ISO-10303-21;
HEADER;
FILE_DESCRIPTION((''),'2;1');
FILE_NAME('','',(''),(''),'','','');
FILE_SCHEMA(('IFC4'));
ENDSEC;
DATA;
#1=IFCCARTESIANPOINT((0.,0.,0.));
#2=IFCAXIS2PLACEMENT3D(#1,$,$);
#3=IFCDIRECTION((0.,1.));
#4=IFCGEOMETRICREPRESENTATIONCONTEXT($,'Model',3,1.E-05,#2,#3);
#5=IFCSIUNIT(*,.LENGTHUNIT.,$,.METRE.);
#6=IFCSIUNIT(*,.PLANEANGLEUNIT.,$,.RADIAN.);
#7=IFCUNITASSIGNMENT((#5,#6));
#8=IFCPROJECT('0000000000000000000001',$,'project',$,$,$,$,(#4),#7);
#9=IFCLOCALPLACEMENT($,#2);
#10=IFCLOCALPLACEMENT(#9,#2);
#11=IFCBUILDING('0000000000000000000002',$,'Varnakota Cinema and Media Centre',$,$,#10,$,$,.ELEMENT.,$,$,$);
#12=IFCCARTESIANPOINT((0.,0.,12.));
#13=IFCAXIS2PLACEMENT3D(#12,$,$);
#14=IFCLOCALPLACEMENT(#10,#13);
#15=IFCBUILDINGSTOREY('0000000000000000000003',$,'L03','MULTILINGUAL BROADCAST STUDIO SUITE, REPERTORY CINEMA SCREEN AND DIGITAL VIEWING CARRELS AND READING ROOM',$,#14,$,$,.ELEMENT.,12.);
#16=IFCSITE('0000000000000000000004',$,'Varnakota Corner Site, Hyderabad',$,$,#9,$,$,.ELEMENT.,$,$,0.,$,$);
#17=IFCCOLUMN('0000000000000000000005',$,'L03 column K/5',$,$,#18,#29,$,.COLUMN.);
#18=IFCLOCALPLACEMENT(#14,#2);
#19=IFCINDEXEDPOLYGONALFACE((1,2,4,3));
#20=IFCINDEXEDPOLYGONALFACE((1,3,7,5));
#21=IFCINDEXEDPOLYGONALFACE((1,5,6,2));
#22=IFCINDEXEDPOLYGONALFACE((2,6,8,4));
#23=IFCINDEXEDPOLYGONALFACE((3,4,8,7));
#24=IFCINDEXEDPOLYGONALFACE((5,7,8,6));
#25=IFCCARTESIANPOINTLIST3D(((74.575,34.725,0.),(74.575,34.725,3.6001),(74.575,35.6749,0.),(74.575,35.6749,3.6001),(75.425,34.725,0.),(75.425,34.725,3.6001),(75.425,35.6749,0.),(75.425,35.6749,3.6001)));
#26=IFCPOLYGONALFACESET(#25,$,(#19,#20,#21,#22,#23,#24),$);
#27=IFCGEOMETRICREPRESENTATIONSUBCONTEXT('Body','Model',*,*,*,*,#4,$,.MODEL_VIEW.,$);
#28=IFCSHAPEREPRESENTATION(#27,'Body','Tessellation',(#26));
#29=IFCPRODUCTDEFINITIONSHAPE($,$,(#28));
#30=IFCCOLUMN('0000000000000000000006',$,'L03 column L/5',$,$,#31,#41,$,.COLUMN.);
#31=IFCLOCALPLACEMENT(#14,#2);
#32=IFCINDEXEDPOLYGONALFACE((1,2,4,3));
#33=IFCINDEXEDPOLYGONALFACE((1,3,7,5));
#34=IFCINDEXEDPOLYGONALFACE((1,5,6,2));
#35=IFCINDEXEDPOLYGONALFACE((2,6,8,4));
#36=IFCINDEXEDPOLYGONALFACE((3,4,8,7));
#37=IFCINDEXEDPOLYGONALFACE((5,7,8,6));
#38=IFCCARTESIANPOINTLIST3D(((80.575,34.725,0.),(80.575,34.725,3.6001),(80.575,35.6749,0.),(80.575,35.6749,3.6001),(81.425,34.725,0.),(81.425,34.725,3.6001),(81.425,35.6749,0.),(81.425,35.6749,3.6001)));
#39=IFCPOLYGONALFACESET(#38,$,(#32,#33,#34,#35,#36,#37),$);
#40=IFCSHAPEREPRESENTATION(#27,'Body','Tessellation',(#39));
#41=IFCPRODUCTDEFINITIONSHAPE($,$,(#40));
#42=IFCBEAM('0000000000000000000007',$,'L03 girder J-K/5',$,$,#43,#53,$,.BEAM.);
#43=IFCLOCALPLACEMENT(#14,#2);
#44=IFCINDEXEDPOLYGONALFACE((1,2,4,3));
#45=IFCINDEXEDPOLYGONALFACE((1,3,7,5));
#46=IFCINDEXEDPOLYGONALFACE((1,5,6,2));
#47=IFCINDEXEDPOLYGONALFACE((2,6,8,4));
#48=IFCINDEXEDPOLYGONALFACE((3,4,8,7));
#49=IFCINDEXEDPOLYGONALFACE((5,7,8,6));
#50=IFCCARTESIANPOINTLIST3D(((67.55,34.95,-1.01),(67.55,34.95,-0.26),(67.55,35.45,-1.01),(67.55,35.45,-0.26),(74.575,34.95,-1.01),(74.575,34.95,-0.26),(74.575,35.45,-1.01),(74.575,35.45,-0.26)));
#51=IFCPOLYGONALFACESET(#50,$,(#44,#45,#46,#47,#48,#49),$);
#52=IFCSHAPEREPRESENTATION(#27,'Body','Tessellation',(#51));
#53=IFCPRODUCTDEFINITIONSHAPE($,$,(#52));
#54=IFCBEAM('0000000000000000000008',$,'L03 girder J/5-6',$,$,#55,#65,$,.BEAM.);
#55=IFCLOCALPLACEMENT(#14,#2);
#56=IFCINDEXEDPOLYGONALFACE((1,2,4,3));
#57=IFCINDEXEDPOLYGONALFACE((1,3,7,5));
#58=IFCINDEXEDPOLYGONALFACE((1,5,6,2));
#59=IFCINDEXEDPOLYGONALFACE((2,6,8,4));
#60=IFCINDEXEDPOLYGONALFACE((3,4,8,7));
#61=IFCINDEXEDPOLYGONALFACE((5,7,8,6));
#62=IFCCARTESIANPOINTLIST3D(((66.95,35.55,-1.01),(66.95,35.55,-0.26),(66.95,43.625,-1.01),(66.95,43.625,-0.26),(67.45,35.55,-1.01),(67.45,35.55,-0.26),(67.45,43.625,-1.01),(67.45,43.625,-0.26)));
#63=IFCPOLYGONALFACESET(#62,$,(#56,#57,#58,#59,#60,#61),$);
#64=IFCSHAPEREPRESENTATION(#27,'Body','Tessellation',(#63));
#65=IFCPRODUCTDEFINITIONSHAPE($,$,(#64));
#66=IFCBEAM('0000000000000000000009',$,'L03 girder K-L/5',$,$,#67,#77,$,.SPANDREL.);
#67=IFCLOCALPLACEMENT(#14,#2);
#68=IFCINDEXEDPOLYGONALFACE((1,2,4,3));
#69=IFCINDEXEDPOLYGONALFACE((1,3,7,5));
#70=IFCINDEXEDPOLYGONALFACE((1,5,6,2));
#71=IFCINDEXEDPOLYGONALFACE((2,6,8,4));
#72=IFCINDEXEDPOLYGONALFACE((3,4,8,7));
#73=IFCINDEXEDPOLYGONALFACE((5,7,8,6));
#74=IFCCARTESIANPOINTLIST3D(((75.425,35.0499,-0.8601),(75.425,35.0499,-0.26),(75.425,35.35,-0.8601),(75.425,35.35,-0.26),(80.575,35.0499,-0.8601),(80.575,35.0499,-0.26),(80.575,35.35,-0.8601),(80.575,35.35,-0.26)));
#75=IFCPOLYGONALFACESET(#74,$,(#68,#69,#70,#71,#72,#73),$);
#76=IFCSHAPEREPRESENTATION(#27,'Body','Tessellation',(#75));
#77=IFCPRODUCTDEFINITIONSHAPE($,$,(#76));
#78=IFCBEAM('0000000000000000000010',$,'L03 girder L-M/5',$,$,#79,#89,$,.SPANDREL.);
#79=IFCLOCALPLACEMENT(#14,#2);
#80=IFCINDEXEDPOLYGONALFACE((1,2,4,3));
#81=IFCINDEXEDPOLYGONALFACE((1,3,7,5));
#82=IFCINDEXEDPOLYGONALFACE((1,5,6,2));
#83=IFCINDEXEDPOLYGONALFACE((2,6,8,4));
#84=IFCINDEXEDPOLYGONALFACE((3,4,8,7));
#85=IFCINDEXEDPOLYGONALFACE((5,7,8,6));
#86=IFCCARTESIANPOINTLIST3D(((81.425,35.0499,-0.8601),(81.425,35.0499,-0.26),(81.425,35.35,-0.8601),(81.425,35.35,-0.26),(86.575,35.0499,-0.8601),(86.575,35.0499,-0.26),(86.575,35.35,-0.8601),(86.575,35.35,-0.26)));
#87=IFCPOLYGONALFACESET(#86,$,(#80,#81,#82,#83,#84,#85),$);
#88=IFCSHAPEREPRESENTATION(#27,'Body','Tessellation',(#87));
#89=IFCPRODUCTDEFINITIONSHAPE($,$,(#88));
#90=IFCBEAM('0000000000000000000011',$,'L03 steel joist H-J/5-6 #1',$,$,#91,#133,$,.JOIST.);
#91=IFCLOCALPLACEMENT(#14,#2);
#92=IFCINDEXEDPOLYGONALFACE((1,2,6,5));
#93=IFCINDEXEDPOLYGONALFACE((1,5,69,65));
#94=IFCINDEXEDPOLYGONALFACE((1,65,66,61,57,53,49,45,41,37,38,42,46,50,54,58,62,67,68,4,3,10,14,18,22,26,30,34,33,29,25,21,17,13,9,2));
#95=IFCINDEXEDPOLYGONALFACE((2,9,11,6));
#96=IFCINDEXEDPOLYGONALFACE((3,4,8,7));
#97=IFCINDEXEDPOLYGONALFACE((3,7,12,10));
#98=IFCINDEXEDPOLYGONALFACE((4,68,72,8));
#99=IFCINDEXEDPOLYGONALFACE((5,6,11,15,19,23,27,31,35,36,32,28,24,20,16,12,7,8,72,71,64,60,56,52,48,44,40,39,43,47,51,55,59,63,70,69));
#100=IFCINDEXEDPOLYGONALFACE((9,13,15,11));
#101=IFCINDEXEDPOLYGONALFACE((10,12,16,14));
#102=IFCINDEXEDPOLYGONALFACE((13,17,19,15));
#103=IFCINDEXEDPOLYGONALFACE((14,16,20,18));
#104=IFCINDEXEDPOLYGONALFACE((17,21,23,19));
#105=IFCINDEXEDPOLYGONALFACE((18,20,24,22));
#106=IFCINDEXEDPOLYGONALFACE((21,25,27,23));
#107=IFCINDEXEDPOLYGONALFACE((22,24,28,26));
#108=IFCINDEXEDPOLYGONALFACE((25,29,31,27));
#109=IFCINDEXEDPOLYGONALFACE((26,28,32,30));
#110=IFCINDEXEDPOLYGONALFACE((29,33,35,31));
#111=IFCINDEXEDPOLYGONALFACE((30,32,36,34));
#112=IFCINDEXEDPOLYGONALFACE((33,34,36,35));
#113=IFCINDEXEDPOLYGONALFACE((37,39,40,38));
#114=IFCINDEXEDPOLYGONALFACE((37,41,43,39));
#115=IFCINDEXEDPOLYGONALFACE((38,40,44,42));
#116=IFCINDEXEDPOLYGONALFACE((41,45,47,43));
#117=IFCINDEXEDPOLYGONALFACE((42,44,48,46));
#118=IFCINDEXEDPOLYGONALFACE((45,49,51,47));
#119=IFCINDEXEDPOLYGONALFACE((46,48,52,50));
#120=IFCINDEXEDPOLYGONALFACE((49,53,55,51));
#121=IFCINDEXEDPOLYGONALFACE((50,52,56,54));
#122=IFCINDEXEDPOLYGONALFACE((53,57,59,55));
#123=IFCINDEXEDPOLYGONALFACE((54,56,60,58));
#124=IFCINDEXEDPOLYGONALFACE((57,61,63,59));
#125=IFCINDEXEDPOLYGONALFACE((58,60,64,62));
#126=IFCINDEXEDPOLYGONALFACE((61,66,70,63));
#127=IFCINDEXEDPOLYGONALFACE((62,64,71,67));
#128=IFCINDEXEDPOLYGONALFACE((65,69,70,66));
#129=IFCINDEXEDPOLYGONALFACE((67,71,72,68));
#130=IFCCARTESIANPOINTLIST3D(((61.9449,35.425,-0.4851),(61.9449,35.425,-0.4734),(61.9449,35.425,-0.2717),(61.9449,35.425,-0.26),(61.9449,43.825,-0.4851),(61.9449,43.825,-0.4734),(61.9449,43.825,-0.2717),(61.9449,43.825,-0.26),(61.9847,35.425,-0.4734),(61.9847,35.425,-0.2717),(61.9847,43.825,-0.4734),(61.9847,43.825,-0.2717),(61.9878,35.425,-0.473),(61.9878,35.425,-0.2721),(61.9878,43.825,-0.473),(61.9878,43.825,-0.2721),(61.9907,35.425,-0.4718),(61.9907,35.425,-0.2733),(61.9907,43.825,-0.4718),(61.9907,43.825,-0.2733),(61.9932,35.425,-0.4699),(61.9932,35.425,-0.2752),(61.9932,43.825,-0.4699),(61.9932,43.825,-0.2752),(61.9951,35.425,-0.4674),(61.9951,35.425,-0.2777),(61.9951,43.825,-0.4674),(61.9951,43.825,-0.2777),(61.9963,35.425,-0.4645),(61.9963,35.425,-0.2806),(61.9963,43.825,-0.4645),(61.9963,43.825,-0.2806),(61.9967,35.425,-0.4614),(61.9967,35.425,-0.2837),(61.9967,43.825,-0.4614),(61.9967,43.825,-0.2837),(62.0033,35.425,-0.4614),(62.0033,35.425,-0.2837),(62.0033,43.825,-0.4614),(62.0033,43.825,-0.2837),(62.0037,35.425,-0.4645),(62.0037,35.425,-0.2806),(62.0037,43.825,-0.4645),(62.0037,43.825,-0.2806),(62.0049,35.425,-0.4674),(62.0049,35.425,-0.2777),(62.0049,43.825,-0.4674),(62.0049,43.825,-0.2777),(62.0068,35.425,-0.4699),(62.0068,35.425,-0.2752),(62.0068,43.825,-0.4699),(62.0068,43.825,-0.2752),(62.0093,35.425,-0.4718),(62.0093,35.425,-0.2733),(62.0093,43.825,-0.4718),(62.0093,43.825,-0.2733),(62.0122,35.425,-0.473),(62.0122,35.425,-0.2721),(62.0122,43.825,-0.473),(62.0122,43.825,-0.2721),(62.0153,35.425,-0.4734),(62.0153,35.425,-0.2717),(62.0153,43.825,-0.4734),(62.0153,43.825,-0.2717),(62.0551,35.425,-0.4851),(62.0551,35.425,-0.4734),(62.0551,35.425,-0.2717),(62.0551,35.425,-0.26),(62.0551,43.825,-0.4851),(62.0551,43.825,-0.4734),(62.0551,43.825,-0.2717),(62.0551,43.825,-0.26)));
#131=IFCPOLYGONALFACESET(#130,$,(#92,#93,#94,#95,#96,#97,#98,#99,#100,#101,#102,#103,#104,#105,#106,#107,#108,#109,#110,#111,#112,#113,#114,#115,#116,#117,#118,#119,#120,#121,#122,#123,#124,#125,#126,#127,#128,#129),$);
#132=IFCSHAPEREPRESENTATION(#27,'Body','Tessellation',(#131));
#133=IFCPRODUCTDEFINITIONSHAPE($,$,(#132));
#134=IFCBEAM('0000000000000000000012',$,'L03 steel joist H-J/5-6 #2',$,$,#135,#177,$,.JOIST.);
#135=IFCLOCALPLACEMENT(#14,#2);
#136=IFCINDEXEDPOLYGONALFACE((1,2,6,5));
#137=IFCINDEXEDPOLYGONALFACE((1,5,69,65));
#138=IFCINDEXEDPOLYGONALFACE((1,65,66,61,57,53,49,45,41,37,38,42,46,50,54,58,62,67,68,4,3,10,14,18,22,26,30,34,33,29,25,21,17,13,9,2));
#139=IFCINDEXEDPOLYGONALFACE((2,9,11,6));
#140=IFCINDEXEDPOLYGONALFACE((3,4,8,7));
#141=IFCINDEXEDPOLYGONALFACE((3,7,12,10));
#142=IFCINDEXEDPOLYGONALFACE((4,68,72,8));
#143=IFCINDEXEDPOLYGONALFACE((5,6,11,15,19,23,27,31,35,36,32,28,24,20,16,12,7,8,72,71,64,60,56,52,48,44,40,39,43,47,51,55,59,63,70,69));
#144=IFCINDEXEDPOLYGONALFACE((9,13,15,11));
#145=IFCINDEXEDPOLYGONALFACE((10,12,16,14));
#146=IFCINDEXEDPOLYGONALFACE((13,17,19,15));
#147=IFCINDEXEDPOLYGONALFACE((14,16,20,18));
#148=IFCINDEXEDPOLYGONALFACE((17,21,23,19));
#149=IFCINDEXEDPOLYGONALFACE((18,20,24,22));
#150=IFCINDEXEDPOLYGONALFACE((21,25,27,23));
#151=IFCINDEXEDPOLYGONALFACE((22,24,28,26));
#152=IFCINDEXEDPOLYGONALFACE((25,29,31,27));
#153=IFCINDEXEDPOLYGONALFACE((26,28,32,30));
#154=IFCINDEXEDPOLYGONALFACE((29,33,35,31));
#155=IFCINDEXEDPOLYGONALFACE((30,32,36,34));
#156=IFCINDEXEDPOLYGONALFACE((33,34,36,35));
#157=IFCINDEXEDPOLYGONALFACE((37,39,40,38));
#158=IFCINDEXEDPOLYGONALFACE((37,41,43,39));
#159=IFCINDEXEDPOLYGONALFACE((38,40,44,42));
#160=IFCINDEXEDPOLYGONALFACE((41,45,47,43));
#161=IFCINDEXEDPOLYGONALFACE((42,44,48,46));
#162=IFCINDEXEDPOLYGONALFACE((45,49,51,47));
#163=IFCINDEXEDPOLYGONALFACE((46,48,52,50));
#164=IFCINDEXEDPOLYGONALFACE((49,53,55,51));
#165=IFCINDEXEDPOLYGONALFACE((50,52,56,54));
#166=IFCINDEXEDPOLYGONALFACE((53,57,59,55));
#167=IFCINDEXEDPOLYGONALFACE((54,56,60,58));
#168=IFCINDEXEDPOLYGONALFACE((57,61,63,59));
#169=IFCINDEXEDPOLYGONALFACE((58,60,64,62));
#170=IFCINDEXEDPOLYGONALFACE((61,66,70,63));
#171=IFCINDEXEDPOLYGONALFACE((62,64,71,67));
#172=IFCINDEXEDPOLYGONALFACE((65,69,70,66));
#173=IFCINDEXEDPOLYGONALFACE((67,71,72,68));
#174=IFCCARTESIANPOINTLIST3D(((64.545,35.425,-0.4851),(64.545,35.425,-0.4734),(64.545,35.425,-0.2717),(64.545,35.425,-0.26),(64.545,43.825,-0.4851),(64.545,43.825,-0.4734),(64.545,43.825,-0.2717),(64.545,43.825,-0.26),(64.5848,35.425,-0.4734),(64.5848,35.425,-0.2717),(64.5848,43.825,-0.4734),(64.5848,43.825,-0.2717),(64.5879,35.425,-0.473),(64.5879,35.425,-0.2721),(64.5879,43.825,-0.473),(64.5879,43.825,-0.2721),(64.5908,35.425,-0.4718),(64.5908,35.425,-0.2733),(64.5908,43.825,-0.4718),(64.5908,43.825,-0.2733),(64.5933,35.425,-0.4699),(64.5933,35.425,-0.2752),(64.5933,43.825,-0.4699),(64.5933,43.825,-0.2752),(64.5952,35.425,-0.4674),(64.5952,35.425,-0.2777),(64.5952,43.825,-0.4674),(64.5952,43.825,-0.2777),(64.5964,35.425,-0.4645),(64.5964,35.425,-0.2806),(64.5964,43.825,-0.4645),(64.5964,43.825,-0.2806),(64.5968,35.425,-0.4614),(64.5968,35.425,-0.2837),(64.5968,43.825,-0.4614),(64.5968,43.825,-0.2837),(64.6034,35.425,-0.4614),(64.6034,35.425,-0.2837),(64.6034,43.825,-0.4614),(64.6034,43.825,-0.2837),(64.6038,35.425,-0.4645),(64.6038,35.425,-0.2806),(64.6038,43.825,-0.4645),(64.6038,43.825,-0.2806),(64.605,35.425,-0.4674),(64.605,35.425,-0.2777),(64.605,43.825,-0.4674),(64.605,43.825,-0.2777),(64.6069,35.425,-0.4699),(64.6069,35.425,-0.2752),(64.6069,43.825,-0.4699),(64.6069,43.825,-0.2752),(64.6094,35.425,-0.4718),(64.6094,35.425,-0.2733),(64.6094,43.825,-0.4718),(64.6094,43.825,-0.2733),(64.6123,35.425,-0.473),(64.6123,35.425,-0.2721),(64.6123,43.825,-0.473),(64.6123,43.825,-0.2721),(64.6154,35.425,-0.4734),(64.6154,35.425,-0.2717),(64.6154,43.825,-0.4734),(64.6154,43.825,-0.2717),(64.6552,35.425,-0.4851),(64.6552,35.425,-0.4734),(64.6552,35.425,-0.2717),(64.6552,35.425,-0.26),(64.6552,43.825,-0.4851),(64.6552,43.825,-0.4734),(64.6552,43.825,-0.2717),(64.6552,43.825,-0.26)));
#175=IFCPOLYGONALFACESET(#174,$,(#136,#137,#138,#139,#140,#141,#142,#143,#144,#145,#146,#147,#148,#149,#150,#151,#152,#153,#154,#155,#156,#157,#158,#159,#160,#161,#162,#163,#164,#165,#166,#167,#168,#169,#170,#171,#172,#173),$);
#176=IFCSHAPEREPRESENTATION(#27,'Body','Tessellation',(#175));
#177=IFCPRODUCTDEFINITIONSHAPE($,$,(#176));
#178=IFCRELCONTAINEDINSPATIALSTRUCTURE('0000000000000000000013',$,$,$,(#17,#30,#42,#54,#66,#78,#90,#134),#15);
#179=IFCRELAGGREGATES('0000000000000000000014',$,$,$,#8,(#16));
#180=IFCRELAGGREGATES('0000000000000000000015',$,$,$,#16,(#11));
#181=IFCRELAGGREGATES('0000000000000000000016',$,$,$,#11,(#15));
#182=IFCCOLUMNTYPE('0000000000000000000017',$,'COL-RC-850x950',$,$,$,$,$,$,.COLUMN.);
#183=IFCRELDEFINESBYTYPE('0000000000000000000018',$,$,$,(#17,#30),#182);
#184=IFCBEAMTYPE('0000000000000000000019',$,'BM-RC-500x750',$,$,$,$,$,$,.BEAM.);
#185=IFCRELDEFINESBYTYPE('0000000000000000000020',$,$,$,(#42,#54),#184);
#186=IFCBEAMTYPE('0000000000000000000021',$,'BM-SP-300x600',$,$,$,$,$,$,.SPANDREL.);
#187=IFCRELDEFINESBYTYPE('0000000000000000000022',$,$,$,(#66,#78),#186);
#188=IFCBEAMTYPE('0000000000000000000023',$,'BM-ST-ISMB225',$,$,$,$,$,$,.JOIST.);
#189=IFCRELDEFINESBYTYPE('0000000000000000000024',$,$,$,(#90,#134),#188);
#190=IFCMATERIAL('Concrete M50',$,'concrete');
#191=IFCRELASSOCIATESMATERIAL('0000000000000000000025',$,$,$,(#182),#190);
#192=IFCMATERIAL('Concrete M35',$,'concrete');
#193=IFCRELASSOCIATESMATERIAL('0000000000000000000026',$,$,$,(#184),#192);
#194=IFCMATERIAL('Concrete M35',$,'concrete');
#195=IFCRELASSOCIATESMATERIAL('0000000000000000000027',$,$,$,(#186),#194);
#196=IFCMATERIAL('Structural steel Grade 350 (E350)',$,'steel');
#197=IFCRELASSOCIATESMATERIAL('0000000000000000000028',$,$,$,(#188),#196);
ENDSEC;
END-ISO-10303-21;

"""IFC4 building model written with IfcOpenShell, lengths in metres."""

from ifc_helpers import new_model, si_unit, direction, frame, origin, origin_2d, place, context, subcontext, project, spatial, rectangle, i_section, extrude, material, material_profile, profile_set, type_object, element, save


model = new_model("IFC4")

# Units and contexts
model_context = context("Model", 3, precision=1e-05, world=origin(), true_north=direction((0.0, 1.0)))
body_context = subcontext(model_context, "Body", "Model", "MODEL_VIEW")
ifc_project = project(units=[si_unit("LENGTHUNIT", "METRE"), si_unit("PLANEANGLEUNIT", "RADIAN")], contexts=[model_context])

# Site, building, storey
site_placement = place(None, origin())
site = spatial("IfcSite", under=ifc_project, at=site_placement, Name="Varnakota Corner Site, Hyderabad", CompositionType="ELEMENT", RefElevation=0.0)
building_placement = place(site_placement, origin())
building = spatial("IfcBuilding", under=site, at=building_placement, Name="Varnakota Cinema and Media Centre", CompositionType="ELEMENT")
storey_placement = place(building_placement, frame((0.0, 0.0, 12.0)))
storey = spatial("IfcBuildingStorey", under=building, at=storey_placement, Name="L03", Description="MULTILINGUAL BROADCAST STUDIO SUITE, REPERTORY CINEMA SCREEN AND DIGITAL VIEWING CARRELS AND READING ROOM", CompositionType="ELEMENT", Elevation=12.0)

# Columns
ifc_material_1 = material(Name="Concrete M50", Category="concrete")
ifc_material_profile_1 = material_profile(ifc_material_1, rectangle(XDim=0.8501, YDim=0.95, at=origin_2d()), Name="RC 850x950")
ifc_profile_set_1 = profile_set([ifc_material_profile_1], Name="Concrete M50")
column_type = type_object("IfcColumnType", Name="COL-RC-850x950", PredefinedType="COLUMN", material=ifc_profile_set_1)
for number, where, z_axis, x_axis, name in (
    (1, (75.0, 35.2, 0.0), (0.0, 0.0, 1.0), (1.0, 0.0, 0.0), "L03 column K/5"),
    (2, (81.0, 35.2, 0.0), (0.0, 0.0, 1.0), (1.0, 0.0, 0.0), "L03 column L/5"),
):
    element("IfcColumn", number, at=place(storey_placement, frame(where, z_axis=z_axis, x_axis=x_axis)), inside=storey, type_object=column_type, Name=name, PredefinedType="COLUMN", context=body_context, shape_type="SweptSolid", body=[
        extrude(rectangle(XDim=0.8501, YDim=0.95, at=origin_2d()), origin(), (0.0, 0.0, 1.0), 3.6001),
    ])

# Beams
ifc_material_2 = material(Name="Concrete M35", Category="concrete")
ifc_material_profile_2 = material_profile(ifc_material_2, rectangle(XDim=0.5, YDim=0.75, at=origin_2d()), Name="RCB 500x750")
ifc_profile_set_2 = profile_set([ifc_material_profile_2], Name="Concrete M35")
beam_type_1 = type_object("IfcBeamType", Name="BM-RC-500x750", PredefinedType="BEAM", material=ifc_profile_set_2)
beam_1_placement = place(storey_placement, frame((67.55, 35.2, -0.635), z_axis=(1.0, 0.0, 0.0), x_axis=(0.0, 1.0, 0.0)))
element("IfcBeam", 3, at=beam_1_placement, inside=storey, type_object=beam_type_1, Name="L03 girder J-K/5", PredefinedType="BEAM", context=body_context, shape_type="SweptSolid", body=[
    extrude(rectangle(XDim=0.5, YDim=0.75, at=origin_2d()), origin(), (0.0, 0.0, 1.0), 7.0249),
])
beam_2_placement = place(storey_placement, frame((67.2, 35.55, -0.635), z_axis=(0.0, 1.0, 0.0), x_axis=(-1.0, 0.0, 0.0)))
element("IfcBeam", 4, at=beam_2_placement, inside=storey, type_object=beam_type_1, Name="L03 girder J/5-6", PredefinedType="BEAM", context=body_context, shape_type="SweptSolid", body=[
    extrude(rectangle(XDim=0.5, YDim=0.75, at=origin_2d()), origin(), (0.0, 0.0, 1.0), 8.075),
])
ifc_material_3 = material(Name="Concrete M35", Category="concrete")
ifc_material_profile_3 = material_profile(ifc_material_3, rectangle(XDim=0.3, YDim=0.6001, at=origin_2d()), Name="RCB 300x600")
ifc_profile_set_3 = profile_set([ifc_material_profile_3], Name="Concrete M35")
beam_type_2 = type_object("IfcBeamType", Name="BM-SP-300x600", PredefinedType="SPANDREL", material=ifc_profile_set_3)
for number, where, z_axis, x_axis, name in (
    (5, (75.425, 35.2, -0.5601), (1.0, 0.0, 0.0), (0.0, 1.0, 0.0), "L03 girder K-L/5"),
    (6, (81.425, 35.2, -0.5601), (1.0, 0.0, 0.0), (0.0, 1.0, 0.0), "L03 girder L-M/5"),
):
    element("IfcBeam", number, at=place(storey_placement, frame(where, z_axis=z_axis, x_axis=x_axis)), inside=storey, type_object=beam_type_2, Name=name, PredefinedType="SPANDREL", context=body_context, shape_type="SweptSolid", body=[
        extrude(rectangle(XDim=0.3, YDim=0.6001, at=origin_2d()), origin(), (0.0, 0.0, 1.0), 5.1499),
    ])
ifc_material_4 = material(Name="Structural steel Grade 350 (E350)", Category="steel")
ifc_material_profile_4 = material_profile(ifc_material_4, i_section(OverallWidth=0.1101, OverallDepth=0.2251, WebThickness=0.0066, FlangeThickness=0.0117, FilletRadius=0.012, at=origin_2d()), Name="ISMB 225")
ifc_profile_set_4 = profile_set([ifc_material_profile_4], Name="Structural steel Grade 350 (E350)")
beam_type_3 = type_object("IfcBeamType", Name="BM-ST-ISMB225", PredefinedType="JOIST", material=ifc_profile_set_4)
for number, where, z_axis, x_axis, name in (
    (7, (62.0, 35.425, -0.3726), (0.0, 1.0, 0.0), (-1.0, 0.0, 0.0), "L03 steel joist H-J/5-6 #1"),
    (8, (64.6001, 35.425, -0.3726), (0.0, 1.0, 0.0), (-1.0, 0.0, 0.0), "L03 steel joist H-J/5-6 #2"),
):
    element("IfcBeam", number, at=place(storey_placement, frame(where, z_axis=z_axis, x_axis=x_axis)), inside=storey, type_object=beam_type_3, Name=name, PredefinedType="JOIST", context=body_context, shape_type="SweptSolid", body=[
        extrude(i_section(OverallWidth=0.1101, OverallDepth=0.2251, WebThickness=0.0066, FlangeThickness=0.0117, FilletRadius=0.012, at=origin_2d()), origin(), (0.0, 0.0, 1.0), 8.3999),
    ])

save(model, "model.ifc")
